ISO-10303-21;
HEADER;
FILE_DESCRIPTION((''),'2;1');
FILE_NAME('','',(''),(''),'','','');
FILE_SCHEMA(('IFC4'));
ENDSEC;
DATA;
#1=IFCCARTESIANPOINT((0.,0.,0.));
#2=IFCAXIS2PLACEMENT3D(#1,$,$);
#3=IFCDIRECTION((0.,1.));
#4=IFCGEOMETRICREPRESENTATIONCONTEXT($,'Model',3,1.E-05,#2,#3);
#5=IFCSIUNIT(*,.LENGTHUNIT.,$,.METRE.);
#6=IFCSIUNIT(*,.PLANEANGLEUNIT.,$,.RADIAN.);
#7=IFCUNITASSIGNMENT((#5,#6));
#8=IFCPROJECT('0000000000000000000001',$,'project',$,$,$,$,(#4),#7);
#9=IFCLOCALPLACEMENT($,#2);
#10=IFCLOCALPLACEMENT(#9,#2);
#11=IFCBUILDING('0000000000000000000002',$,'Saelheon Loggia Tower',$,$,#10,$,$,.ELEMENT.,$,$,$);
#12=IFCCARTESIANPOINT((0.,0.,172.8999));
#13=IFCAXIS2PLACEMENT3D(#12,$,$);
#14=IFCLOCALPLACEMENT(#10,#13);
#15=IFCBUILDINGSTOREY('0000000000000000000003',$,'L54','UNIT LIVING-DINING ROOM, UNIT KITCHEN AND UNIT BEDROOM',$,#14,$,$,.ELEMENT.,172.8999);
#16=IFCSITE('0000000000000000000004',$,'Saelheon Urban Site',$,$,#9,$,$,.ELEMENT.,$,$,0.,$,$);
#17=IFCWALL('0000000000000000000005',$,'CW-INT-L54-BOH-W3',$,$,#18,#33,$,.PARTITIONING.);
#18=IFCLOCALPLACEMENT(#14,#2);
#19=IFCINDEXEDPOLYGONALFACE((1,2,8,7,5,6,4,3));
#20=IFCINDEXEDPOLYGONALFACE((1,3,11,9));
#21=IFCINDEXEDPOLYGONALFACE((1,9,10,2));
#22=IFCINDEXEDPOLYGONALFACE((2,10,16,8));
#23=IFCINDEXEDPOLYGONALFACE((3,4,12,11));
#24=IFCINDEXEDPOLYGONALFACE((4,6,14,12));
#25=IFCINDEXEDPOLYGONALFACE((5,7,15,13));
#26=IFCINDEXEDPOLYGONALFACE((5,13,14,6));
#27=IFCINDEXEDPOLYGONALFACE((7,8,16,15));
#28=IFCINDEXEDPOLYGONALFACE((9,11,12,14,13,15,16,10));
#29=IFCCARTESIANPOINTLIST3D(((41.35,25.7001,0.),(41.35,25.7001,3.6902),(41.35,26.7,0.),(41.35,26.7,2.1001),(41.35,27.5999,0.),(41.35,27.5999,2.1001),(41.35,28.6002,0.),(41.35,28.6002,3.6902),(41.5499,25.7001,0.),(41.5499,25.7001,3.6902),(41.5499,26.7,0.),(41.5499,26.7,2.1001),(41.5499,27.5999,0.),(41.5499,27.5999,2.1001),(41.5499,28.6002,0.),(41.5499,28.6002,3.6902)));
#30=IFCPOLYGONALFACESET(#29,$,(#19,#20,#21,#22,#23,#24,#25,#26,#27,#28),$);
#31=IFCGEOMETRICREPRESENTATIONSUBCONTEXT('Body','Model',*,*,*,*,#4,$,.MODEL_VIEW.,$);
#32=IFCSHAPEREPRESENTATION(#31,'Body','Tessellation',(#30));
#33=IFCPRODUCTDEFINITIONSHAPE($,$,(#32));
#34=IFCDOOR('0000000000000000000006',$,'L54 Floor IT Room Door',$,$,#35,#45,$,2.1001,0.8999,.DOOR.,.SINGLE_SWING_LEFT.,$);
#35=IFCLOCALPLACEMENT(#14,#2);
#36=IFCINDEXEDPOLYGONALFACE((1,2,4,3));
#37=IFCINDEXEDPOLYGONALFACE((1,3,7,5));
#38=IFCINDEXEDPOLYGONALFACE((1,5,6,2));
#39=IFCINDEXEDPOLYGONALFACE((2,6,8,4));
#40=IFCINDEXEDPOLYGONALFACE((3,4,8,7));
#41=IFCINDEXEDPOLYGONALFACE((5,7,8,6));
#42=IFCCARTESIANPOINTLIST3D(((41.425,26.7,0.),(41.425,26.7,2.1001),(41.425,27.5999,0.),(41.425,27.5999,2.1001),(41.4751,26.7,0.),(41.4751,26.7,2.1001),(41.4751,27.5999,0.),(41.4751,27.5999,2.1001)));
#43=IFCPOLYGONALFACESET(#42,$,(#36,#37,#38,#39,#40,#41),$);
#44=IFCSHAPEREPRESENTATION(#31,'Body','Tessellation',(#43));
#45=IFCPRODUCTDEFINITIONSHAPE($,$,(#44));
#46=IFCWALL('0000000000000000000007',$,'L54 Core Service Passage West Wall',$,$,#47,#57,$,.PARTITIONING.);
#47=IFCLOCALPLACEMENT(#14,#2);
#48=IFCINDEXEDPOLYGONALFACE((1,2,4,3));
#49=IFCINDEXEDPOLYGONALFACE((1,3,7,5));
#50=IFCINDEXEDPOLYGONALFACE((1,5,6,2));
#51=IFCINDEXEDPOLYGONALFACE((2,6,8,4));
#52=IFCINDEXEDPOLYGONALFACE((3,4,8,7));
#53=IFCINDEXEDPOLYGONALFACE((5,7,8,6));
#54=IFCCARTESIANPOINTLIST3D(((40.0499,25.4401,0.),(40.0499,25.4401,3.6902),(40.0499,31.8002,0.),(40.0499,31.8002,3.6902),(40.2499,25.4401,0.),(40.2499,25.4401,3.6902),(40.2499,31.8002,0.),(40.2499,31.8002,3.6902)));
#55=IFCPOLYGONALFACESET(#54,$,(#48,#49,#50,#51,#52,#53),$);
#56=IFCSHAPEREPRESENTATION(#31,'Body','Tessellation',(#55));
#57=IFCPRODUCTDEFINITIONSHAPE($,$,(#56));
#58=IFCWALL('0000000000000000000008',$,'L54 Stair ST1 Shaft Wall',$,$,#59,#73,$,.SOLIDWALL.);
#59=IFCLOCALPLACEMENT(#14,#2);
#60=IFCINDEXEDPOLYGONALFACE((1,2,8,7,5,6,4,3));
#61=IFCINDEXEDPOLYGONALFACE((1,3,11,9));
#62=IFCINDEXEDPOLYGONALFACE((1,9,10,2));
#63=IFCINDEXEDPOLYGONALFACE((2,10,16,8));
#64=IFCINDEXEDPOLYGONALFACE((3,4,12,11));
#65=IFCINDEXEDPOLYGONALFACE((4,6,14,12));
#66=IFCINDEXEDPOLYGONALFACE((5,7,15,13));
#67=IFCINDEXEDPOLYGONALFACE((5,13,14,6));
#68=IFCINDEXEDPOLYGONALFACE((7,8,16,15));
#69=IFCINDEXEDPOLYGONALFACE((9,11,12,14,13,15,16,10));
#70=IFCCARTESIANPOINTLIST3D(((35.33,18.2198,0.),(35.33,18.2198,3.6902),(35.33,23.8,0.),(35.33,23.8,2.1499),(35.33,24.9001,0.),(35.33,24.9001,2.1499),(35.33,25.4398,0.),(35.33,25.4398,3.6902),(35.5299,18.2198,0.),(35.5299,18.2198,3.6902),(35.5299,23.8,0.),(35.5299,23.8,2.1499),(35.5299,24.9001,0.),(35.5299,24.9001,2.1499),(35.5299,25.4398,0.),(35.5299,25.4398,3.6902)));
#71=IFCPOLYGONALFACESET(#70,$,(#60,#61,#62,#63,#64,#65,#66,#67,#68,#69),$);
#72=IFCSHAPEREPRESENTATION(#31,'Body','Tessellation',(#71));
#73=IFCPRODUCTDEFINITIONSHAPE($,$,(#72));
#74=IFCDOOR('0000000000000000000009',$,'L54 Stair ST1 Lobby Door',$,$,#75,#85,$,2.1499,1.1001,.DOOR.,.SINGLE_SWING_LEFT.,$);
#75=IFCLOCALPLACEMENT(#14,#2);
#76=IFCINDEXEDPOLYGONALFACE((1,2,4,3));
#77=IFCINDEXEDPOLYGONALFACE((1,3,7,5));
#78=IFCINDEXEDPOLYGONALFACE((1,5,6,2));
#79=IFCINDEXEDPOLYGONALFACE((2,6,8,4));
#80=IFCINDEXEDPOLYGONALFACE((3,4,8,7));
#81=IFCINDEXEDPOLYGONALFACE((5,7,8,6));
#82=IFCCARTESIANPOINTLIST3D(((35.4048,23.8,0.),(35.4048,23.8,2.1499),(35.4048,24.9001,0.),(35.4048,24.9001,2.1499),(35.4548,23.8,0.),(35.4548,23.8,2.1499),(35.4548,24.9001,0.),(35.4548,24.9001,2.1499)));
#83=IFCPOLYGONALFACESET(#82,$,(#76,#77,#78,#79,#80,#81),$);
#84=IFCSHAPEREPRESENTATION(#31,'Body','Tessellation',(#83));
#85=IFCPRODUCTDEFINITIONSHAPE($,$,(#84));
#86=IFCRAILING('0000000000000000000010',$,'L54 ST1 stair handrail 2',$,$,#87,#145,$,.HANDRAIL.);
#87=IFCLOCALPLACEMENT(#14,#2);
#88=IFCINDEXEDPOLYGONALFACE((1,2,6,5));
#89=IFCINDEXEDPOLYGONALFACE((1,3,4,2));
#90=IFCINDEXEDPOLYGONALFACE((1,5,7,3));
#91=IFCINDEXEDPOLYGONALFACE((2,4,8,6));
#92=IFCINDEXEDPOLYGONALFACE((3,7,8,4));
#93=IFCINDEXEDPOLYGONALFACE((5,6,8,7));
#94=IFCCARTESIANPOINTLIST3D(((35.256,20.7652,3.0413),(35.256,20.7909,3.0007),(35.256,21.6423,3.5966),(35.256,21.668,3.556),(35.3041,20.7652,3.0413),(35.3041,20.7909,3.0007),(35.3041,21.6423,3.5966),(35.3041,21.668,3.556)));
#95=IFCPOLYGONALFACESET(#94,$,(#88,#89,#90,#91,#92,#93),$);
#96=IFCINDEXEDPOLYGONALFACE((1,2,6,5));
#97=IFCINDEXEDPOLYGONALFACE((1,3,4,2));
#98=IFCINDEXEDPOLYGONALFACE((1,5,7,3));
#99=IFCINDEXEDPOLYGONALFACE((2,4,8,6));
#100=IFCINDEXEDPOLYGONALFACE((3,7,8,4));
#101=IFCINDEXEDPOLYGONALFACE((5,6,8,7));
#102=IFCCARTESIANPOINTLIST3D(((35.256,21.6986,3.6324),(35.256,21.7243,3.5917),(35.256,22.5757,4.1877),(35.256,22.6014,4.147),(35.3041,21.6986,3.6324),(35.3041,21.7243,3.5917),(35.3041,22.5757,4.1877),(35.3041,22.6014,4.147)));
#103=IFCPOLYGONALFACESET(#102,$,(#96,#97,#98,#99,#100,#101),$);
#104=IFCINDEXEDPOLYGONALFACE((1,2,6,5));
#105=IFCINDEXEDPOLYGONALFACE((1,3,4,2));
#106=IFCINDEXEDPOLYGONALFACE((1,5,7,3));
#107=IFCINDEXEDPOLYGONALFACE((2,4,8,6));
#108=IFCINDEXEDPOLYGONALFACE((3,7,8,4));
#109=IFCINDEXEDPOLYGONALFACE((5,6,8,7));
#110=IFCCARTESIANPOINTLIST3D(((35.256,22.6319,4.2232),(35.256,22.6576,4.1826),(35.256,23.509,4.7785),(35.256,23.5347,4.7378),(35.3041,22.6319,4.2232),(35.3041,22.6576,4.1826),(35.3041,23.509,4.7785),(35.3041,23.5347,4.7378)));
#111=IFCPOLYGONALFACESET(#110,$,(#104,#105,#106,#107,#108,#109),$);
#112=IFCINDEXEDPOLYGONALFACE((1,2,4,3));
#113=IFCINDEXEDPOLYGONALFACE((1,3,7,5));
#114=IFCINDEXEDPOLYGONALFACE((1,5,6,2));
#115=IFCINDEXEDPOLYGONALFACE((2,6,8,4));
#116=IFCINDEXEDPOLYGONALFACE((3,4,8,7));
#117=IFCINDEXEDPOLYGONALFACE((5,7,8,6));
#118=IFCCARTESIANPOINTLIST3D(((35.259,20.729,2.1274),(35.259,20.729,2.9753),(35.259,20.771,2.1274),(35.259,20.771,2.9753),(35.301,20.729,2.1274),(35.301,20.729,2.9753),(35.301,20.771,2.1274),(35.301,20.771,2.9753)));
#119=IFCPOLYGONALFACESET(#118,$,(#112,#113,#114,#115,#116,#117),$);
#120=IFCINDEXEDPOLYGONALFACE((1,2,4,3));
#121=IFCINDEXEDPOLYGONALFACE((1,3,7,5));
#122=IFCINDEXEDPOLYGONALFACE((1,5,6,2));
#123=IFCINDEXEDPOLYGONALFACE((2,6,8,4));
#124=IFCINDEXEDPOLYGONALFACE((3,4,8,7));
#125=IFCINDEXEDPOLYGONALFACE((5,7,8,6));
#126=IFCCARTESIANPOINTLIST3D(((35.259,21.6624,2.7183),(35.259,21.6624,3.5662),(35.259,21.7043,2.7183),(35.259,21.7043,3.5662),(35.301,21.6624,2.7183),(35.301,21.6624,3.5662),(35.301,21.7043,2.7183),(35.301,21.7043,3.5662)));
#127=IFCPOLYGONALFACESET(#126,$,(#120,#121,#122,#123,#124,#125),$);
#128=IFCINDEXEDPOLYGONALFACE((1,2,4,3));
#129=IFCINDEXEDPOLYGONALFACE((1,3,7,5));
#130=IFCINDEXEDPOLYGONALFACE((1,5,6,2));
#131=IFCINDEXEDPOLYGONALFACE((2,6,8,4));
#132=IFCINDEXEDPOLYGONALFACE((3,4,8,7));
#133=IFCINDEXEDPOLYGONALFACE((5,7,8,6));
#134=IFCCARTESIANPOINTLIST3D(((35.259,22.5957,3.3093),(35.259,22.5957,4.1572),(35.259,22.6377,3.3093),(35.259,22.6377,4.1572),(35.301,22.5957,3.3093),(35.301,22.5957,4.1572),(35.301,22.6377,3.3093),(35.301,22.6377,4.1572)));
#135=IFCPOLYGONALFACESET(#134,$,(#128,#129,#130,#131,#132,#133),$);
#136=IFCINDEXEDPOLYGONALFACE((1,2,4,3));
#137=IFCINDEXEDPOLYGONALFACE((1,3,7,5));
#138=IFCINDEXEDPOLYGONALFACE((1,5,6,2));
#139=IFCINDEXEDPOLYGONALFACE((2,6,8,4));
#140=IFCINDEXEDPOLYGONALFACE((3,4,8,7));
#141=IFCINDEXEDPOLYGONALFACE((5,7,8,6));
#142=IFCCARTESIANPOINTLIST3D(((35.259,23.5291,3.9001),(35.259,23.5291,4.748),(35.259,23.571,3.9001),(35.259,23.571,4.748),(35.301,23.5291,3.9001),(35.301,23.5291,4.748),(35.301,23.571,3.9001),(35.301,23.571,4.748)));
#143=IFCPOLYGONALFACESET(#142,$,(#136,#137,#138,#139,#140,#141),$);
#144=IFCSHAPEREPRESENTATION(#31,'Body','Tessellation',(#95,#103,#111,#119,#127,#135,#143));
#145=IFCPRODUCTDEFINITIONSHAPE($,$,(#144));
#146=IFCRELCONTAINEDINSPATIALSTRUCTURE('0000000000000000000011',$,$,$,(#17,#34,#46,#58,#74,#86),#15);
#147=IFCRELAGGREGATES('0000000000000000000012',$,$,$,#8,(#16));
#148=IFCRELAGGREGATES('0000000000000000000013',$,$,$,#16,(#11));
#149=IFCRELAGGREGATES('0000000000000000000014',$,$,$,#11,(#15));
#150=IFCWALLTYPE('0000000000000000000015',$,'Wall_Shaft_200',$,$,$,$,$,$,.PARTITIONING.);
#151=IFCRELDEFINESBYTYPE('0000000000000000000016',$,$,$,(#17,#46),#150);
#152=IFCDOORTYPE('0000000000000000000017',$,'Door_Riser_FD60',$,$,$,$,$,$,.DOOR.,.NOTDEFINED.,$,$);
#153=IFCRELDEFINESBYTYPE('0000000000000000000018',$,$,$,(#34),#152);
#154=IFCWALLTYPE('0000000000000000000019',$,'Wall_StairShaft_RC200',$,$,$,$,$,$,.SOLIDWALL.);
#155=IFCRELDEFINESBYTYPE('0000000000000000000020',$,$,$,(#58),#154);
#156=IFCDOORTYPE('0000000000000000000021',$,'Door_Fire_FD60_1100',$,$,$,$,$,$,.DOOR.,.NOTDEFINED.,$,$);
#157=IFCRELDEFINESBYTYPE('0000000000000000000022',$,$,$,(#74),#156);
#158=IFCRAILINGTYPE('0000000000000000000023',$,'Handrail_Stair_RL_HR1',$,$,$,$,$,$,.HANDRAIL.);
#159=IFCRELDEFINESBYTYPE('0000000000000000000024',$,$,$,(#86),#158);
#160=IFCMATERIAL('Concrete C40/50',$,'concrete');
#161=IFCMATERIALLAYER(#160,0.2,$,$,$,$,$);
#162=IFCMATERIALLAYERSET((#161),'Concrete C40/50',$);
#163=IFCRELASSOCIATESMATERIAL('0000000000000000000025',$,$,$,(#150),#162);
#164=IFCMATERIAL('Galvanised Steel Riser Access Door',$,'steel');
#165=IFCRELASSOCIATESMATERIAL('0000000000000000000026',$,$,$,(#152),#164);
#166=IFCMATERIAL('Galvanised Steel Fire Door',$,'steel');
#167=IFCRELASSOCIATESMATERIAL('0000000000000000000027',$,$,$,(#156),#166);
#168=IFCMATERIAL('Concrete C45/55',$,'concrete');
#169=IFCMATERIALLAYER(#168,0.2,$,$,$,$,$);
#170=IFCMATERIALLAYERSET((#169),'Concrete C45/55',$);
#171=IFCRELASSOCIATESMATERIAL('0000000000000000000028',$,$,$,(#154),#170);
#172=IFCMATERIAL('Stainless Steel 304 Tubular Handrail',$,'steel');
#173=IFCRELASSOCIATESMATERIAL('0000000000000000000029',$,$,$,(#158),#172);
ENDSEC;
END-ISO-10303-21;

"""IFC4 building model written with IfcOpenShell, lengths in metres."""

from ifc_helpers import new_model, si_unit, direction, frame, frame_2d, origin, origin_2d, place, context, subcontext, project, spatial, rectangle, extrude, source, transform, mapped, material, layer, layer_set, type_object, element, fill, save


model = new_model("IFC4")

# Units and contexts
model_context = context("Model", 3, precision=1e-05, world=origin(), true_north=direction((0.0, 1.0)))
body_context = subcontext(model_context, "Body", "Model", "MODEL_VIEW")
ifc_project = project(units=[si_unit("LENGTHUNIT", "METRE"), si_unit("PLANEANGLEUNIT", "RADIAN")], contexts=[model_context])

# Site, building, storey
site_placement = place(None, origin())
site = spatial("IfcSite", under=ifc_project, at=site_placement, Name="Saelheon Urban Site", CompositionType="ELEMENT", RefElevation=0.0)
building_placement = place(site_placement, origin())
building = spatial("IfcBuilding", under=site, at=building_placement, Name="Saelheon Loggia Tower", CompositionType="ELEMENT")
storey_placement = place(building_placement, frame((0.0, 0.0, 172.8999)))
storey = spatial("IfcBuildingStorey", under=building, at=storey_placement, Name="L54", Description="UNIT LIVING-DINING ROOM, UNIT KITCHEN AND UNIT BEDROOM", CompositionType="ELEMENT", Elevation=172.8999)

# Shared definitions
ifc_material_1 = material(Name="Concrete C40/50", Category="concrete")
ifc_layer_1 = layer(ifc_material_1, 0.2)
ifc_layer_set_1 = layer_set([ifc_layer_1], Name="Concrete C40/50")
wall_type_1 = type_object("IfcWallType", Name="Wall_Shaft_200", PredefinedType="PARTITIONING", material=ifc_layer_set_1)

# Wall, opening, door
wall_1_placement = place(storey_placement, frame((41.45, 25.7, 0.0), z_axis=(0.0, 0.0, 1.0), x_axis=(0.0, 1.0, 0.0)))
wall_1 = element("IfcWall", 1, at=wall_1_placement, inside=storey, type_object=wall_type_1, Name="CW-INT-L54-BOH-W3", PredefinedType="PARTITIONING", context=body_context, shape_type="SweptSolid", body=[
    extrude(rectangle(XDim=2.9001, YDim=0.2, at=frame_2d((1.4502, 0.0))), origin(), (0.0, 0.0, 1.0), 3.6902),
])
opening_1_placement = place(wall_1_placement, frame((1.0, 0.0, 0.0)))
opening_1 = element("IfcOpeningElement", 2, at=opening_1_placement, cuts=wall_1, PredefinedType="OPENING", context=body_context, shape_type="SweptSolid", body=[
    extrude(rectangle(XDim=0.8999, YDim=2.1001, at=frame_2d((0.45, 1.05))), frame((0.0, 0.1121, 0.0), z_axis=(0.0, -1.0, 0.0), x_axis=(1.0, 0.0, 0.0)), (0.0, 0.0, 1.0), 0.2239),
])
ifc_material_2 = material(Name="Galvanised Steel Riser Access Door", Category="steel")
door_type_1 = type_object("IfcDoorType", Name="Door_Riser_FD60", OperationType="NOTDEFINED", PredefinedType="DOOR", material=ifc_material_2)
shared_shape_1 = source(origin(), body_context, "Body", "SweptSolid", [
    extrude(rectangle(XDim=0.8999, YDim=2.1001, at=frame_2d((0.45, 1.05))), frame((0.0, 0.0249, 0.0), z_axis=(0.0, -1.0, 0.0), x_axis=(1.0, 0.0, 0.0)), (0.0, 0.0, 1.0), 0.05),
])
door_1_placement = place(opening_1_placement, origin())
door_1 = element("IfcDoor", 3, at=door_1_placement, inside=storey, type_object=door_type_1, Name="L54 Floor IT Room Door", OperationType="SINGLE_SWING_LEFT", OverallHeight=2.1001, OverallWidth=0.8999, PredefinedType="DOOR", context=body_context, shape_type="MappedRepresentation", body=[
    mapped(shared_shape_1, transform((0.0, 0.0, 0.0), scale=1.0)),
])
fill(opening_1, door_1)

# Wall
wall_2_placement = place(storey_placement, frame((40.1499, 25.4399, 0.0), z_axis=(0.0, 0.0, 1.0), x_axis=(0.0, 1.0, 0.0)))
element("IfcWall", 4, at=wall_2_placement, inside=storey, type_object=wall_type_1, Name="L54 Core Service Passage West Wall", PredefinedType="PARTITIONING", context=body_context, shape_type="SweptSolid", body=[
    extrude(rectangle(XDim=6.3601, YDim=0.2, at=frame_2d((3.1802, 0.0))), origin(), (0.0, 0.0, 1.0), 3.6902),
])

# Shared definitions
shared_shape_2 = source(origin(), body_context, "Body", "SweptSolid", [
    extrude(rectangle(XDim=1.1001, YDim=2.1499, at=frame_2d((0.55, 1.075))), frame((0.0, 0.0249, 0.0), z_axis=(0.0, -1.0, 0.0), x_axis=(1.0, 0.0, 0.0)), (0.0, 0.0, 1.0), 0.05),
])

# Shared definitions
ifc_material_3 = material(Name="Galvanised Steel Fire Door", Category="steel")
door_type_2 = type_object("IfcDoorType", Name="Door_Fire_FD60_1100", OperationType="NOTDEFINED", PredefinedType="DOOR", material=ifc_material_3)

# Wall, opening, door
ifc_material_4 = material(Name="Concrete C45/55", Category="concrete")
ifc_layer_2 = layer(ifc_material_4, 0.2)
ifc_layer_set_2 = layer_set([ifc_layer_2], Name="Concrete C45/55")
wall_type_2 = type_object("IfcWallType", Name="Wall_StairShaft_RC200", PredefinedType="SOLIDWALL", material=ifc_layer_set_2)
wall_3_placement = place(storey_placement, frame((35.4299, 18.22, 0.0), z_axis=(0.0, 0.0, 1.0), x_axis=(0.0, 1.0, 0.0)))
wall_3 = element("IfcWall", 5, at=wall_3_placement, inside=storey, type_object=wall_type_2, Name="L54 Stair ST1 Shaft Wall", PredefinedType="SOLIDWALL", context=body_context, shape_type="SweptSolid", body=[
    extrude(rectangle(XDim=7.22, YDim=0.2, at=frame_2d((3.6099, 0.0))), origin(), (0.0, 0.0, 1.0), 3.6902),
])
opening_2_placement = place(wall_3_placement, frame((6.6802, 0.0, 0.0), z_axis=(0.0, 0.0, 1.0), x_axis=(-1.0, 0.0, 0.0)))
opening_2 = element("IfcOpeningElement", 6, at=opening_2_placement, cuts=wall_3, PredefinedType="OPENING", context=body_context, shape_type="SweptSolid", body=[
    extrude(rectangle(XDim=1.1001, YDim=2.1499, at=frame_2d((0.55, 1.075))), frame((0.0, 0.1121, 0.0), z_axis=(0.0, -1.0, 0.0), x_axis=(1.0, 0.0, 0.0)), (0.0, 0.0, 1.0), 0.2239),
])
door_2_placement = place(opening_2_placement, origin())
door_2 = element("IfcDoor", 7, at=door_2_placement, inside=storey, type_object=door_type_2, Name="L54 Stair ST1 Lobby Door", OperationType="SINGLE_SWING_LEFT", OverallHeight=2.1499, OverallWidth=1.1001, PredefinedType="DOOR", context=body_context, shape_type="MappedRepresentation", body=[
    mapped(shared_shape_2, transform((0.0, 0.0, 0.0), scale=1.0)),
])
fill(opening_2, door_2)

# Railing
ifc_material_5 = material(Name="Stainless Steel 304 Tubular Handrail", Category="steel")
railing_type = type_object("IfcRailingType", Name="Handrail_Stair_RL_HR1", PredefinedType="HANDRAIL", material=ifc_material_5)
railing_placement = place(storey_placement, frame((35.28, 20.75, 2.1274)))
element("IfcRailing", 8, at=railing_placement, inside=storey, type_object=railing_type, Name="L54 ST1 stair handrail 2", PredefinedType="HANDRAIL", context=body_context, shape_type="SweptSolid", body=[
    extrude(rectangle(XDim=0.0481, YDim=0.0481, at=origin_2d()), frame((0.0, 0.0281, 0.8936), z_axis=(0.0, 0.844909, 0.53491), x_axis=(-1.0, 0.0, 0.0)), (0.0, 0.0, 1.0), 1.0381),
    extrude(rectangle(XDim=0.0481, YDim=0.0481, at=origin_2d()), frame((0.0, 0.9614, 1.4846), z_axis=(0.0, 0.844909, 0.53491), x_axis=(-1.0, 0.0, 0.0)), (0.0, 0.0, 1.0), 1.0381),
    extrude(rectangle(XDim=0.0481, YDim=0.0481, at=origin_2d()), frame((0.0, 1.8948, 2.0754), z_axis=(0.0, 0.844909, 0.53491), x_axis=(-1.0, 0.0, 0.0)), (0.0, 0.0, 1.0), 1.0381),
    extrude(rectangle(XDim=0.042, YDim=0.042, at=origin_2d()), origin(), (0.0, 0.0, 1.0), 0.8479),
    extrude(rectangle(XDim=0.042, YDim=0.042, at=origin_2d()), frame((0.0, 0.9333, 0.5908)), (0.0, 0.0, 1.0), 0.8479),
    extrude(rectangle(XDim=0.042, YDim=0.042, at=origin_2d()), frame((0.0, 1.8667, 1.1819)), (0.0, 0.0, 1.0), 0.8479),
    extrude(rectangle(XDim=0.042, YDim=0.042, at=origin_2d()), frame((0.0, 2.8, 1.7727)), (0.0, 0.0, 1.0), 0.8479),
])

save(model, "model.ifc")
